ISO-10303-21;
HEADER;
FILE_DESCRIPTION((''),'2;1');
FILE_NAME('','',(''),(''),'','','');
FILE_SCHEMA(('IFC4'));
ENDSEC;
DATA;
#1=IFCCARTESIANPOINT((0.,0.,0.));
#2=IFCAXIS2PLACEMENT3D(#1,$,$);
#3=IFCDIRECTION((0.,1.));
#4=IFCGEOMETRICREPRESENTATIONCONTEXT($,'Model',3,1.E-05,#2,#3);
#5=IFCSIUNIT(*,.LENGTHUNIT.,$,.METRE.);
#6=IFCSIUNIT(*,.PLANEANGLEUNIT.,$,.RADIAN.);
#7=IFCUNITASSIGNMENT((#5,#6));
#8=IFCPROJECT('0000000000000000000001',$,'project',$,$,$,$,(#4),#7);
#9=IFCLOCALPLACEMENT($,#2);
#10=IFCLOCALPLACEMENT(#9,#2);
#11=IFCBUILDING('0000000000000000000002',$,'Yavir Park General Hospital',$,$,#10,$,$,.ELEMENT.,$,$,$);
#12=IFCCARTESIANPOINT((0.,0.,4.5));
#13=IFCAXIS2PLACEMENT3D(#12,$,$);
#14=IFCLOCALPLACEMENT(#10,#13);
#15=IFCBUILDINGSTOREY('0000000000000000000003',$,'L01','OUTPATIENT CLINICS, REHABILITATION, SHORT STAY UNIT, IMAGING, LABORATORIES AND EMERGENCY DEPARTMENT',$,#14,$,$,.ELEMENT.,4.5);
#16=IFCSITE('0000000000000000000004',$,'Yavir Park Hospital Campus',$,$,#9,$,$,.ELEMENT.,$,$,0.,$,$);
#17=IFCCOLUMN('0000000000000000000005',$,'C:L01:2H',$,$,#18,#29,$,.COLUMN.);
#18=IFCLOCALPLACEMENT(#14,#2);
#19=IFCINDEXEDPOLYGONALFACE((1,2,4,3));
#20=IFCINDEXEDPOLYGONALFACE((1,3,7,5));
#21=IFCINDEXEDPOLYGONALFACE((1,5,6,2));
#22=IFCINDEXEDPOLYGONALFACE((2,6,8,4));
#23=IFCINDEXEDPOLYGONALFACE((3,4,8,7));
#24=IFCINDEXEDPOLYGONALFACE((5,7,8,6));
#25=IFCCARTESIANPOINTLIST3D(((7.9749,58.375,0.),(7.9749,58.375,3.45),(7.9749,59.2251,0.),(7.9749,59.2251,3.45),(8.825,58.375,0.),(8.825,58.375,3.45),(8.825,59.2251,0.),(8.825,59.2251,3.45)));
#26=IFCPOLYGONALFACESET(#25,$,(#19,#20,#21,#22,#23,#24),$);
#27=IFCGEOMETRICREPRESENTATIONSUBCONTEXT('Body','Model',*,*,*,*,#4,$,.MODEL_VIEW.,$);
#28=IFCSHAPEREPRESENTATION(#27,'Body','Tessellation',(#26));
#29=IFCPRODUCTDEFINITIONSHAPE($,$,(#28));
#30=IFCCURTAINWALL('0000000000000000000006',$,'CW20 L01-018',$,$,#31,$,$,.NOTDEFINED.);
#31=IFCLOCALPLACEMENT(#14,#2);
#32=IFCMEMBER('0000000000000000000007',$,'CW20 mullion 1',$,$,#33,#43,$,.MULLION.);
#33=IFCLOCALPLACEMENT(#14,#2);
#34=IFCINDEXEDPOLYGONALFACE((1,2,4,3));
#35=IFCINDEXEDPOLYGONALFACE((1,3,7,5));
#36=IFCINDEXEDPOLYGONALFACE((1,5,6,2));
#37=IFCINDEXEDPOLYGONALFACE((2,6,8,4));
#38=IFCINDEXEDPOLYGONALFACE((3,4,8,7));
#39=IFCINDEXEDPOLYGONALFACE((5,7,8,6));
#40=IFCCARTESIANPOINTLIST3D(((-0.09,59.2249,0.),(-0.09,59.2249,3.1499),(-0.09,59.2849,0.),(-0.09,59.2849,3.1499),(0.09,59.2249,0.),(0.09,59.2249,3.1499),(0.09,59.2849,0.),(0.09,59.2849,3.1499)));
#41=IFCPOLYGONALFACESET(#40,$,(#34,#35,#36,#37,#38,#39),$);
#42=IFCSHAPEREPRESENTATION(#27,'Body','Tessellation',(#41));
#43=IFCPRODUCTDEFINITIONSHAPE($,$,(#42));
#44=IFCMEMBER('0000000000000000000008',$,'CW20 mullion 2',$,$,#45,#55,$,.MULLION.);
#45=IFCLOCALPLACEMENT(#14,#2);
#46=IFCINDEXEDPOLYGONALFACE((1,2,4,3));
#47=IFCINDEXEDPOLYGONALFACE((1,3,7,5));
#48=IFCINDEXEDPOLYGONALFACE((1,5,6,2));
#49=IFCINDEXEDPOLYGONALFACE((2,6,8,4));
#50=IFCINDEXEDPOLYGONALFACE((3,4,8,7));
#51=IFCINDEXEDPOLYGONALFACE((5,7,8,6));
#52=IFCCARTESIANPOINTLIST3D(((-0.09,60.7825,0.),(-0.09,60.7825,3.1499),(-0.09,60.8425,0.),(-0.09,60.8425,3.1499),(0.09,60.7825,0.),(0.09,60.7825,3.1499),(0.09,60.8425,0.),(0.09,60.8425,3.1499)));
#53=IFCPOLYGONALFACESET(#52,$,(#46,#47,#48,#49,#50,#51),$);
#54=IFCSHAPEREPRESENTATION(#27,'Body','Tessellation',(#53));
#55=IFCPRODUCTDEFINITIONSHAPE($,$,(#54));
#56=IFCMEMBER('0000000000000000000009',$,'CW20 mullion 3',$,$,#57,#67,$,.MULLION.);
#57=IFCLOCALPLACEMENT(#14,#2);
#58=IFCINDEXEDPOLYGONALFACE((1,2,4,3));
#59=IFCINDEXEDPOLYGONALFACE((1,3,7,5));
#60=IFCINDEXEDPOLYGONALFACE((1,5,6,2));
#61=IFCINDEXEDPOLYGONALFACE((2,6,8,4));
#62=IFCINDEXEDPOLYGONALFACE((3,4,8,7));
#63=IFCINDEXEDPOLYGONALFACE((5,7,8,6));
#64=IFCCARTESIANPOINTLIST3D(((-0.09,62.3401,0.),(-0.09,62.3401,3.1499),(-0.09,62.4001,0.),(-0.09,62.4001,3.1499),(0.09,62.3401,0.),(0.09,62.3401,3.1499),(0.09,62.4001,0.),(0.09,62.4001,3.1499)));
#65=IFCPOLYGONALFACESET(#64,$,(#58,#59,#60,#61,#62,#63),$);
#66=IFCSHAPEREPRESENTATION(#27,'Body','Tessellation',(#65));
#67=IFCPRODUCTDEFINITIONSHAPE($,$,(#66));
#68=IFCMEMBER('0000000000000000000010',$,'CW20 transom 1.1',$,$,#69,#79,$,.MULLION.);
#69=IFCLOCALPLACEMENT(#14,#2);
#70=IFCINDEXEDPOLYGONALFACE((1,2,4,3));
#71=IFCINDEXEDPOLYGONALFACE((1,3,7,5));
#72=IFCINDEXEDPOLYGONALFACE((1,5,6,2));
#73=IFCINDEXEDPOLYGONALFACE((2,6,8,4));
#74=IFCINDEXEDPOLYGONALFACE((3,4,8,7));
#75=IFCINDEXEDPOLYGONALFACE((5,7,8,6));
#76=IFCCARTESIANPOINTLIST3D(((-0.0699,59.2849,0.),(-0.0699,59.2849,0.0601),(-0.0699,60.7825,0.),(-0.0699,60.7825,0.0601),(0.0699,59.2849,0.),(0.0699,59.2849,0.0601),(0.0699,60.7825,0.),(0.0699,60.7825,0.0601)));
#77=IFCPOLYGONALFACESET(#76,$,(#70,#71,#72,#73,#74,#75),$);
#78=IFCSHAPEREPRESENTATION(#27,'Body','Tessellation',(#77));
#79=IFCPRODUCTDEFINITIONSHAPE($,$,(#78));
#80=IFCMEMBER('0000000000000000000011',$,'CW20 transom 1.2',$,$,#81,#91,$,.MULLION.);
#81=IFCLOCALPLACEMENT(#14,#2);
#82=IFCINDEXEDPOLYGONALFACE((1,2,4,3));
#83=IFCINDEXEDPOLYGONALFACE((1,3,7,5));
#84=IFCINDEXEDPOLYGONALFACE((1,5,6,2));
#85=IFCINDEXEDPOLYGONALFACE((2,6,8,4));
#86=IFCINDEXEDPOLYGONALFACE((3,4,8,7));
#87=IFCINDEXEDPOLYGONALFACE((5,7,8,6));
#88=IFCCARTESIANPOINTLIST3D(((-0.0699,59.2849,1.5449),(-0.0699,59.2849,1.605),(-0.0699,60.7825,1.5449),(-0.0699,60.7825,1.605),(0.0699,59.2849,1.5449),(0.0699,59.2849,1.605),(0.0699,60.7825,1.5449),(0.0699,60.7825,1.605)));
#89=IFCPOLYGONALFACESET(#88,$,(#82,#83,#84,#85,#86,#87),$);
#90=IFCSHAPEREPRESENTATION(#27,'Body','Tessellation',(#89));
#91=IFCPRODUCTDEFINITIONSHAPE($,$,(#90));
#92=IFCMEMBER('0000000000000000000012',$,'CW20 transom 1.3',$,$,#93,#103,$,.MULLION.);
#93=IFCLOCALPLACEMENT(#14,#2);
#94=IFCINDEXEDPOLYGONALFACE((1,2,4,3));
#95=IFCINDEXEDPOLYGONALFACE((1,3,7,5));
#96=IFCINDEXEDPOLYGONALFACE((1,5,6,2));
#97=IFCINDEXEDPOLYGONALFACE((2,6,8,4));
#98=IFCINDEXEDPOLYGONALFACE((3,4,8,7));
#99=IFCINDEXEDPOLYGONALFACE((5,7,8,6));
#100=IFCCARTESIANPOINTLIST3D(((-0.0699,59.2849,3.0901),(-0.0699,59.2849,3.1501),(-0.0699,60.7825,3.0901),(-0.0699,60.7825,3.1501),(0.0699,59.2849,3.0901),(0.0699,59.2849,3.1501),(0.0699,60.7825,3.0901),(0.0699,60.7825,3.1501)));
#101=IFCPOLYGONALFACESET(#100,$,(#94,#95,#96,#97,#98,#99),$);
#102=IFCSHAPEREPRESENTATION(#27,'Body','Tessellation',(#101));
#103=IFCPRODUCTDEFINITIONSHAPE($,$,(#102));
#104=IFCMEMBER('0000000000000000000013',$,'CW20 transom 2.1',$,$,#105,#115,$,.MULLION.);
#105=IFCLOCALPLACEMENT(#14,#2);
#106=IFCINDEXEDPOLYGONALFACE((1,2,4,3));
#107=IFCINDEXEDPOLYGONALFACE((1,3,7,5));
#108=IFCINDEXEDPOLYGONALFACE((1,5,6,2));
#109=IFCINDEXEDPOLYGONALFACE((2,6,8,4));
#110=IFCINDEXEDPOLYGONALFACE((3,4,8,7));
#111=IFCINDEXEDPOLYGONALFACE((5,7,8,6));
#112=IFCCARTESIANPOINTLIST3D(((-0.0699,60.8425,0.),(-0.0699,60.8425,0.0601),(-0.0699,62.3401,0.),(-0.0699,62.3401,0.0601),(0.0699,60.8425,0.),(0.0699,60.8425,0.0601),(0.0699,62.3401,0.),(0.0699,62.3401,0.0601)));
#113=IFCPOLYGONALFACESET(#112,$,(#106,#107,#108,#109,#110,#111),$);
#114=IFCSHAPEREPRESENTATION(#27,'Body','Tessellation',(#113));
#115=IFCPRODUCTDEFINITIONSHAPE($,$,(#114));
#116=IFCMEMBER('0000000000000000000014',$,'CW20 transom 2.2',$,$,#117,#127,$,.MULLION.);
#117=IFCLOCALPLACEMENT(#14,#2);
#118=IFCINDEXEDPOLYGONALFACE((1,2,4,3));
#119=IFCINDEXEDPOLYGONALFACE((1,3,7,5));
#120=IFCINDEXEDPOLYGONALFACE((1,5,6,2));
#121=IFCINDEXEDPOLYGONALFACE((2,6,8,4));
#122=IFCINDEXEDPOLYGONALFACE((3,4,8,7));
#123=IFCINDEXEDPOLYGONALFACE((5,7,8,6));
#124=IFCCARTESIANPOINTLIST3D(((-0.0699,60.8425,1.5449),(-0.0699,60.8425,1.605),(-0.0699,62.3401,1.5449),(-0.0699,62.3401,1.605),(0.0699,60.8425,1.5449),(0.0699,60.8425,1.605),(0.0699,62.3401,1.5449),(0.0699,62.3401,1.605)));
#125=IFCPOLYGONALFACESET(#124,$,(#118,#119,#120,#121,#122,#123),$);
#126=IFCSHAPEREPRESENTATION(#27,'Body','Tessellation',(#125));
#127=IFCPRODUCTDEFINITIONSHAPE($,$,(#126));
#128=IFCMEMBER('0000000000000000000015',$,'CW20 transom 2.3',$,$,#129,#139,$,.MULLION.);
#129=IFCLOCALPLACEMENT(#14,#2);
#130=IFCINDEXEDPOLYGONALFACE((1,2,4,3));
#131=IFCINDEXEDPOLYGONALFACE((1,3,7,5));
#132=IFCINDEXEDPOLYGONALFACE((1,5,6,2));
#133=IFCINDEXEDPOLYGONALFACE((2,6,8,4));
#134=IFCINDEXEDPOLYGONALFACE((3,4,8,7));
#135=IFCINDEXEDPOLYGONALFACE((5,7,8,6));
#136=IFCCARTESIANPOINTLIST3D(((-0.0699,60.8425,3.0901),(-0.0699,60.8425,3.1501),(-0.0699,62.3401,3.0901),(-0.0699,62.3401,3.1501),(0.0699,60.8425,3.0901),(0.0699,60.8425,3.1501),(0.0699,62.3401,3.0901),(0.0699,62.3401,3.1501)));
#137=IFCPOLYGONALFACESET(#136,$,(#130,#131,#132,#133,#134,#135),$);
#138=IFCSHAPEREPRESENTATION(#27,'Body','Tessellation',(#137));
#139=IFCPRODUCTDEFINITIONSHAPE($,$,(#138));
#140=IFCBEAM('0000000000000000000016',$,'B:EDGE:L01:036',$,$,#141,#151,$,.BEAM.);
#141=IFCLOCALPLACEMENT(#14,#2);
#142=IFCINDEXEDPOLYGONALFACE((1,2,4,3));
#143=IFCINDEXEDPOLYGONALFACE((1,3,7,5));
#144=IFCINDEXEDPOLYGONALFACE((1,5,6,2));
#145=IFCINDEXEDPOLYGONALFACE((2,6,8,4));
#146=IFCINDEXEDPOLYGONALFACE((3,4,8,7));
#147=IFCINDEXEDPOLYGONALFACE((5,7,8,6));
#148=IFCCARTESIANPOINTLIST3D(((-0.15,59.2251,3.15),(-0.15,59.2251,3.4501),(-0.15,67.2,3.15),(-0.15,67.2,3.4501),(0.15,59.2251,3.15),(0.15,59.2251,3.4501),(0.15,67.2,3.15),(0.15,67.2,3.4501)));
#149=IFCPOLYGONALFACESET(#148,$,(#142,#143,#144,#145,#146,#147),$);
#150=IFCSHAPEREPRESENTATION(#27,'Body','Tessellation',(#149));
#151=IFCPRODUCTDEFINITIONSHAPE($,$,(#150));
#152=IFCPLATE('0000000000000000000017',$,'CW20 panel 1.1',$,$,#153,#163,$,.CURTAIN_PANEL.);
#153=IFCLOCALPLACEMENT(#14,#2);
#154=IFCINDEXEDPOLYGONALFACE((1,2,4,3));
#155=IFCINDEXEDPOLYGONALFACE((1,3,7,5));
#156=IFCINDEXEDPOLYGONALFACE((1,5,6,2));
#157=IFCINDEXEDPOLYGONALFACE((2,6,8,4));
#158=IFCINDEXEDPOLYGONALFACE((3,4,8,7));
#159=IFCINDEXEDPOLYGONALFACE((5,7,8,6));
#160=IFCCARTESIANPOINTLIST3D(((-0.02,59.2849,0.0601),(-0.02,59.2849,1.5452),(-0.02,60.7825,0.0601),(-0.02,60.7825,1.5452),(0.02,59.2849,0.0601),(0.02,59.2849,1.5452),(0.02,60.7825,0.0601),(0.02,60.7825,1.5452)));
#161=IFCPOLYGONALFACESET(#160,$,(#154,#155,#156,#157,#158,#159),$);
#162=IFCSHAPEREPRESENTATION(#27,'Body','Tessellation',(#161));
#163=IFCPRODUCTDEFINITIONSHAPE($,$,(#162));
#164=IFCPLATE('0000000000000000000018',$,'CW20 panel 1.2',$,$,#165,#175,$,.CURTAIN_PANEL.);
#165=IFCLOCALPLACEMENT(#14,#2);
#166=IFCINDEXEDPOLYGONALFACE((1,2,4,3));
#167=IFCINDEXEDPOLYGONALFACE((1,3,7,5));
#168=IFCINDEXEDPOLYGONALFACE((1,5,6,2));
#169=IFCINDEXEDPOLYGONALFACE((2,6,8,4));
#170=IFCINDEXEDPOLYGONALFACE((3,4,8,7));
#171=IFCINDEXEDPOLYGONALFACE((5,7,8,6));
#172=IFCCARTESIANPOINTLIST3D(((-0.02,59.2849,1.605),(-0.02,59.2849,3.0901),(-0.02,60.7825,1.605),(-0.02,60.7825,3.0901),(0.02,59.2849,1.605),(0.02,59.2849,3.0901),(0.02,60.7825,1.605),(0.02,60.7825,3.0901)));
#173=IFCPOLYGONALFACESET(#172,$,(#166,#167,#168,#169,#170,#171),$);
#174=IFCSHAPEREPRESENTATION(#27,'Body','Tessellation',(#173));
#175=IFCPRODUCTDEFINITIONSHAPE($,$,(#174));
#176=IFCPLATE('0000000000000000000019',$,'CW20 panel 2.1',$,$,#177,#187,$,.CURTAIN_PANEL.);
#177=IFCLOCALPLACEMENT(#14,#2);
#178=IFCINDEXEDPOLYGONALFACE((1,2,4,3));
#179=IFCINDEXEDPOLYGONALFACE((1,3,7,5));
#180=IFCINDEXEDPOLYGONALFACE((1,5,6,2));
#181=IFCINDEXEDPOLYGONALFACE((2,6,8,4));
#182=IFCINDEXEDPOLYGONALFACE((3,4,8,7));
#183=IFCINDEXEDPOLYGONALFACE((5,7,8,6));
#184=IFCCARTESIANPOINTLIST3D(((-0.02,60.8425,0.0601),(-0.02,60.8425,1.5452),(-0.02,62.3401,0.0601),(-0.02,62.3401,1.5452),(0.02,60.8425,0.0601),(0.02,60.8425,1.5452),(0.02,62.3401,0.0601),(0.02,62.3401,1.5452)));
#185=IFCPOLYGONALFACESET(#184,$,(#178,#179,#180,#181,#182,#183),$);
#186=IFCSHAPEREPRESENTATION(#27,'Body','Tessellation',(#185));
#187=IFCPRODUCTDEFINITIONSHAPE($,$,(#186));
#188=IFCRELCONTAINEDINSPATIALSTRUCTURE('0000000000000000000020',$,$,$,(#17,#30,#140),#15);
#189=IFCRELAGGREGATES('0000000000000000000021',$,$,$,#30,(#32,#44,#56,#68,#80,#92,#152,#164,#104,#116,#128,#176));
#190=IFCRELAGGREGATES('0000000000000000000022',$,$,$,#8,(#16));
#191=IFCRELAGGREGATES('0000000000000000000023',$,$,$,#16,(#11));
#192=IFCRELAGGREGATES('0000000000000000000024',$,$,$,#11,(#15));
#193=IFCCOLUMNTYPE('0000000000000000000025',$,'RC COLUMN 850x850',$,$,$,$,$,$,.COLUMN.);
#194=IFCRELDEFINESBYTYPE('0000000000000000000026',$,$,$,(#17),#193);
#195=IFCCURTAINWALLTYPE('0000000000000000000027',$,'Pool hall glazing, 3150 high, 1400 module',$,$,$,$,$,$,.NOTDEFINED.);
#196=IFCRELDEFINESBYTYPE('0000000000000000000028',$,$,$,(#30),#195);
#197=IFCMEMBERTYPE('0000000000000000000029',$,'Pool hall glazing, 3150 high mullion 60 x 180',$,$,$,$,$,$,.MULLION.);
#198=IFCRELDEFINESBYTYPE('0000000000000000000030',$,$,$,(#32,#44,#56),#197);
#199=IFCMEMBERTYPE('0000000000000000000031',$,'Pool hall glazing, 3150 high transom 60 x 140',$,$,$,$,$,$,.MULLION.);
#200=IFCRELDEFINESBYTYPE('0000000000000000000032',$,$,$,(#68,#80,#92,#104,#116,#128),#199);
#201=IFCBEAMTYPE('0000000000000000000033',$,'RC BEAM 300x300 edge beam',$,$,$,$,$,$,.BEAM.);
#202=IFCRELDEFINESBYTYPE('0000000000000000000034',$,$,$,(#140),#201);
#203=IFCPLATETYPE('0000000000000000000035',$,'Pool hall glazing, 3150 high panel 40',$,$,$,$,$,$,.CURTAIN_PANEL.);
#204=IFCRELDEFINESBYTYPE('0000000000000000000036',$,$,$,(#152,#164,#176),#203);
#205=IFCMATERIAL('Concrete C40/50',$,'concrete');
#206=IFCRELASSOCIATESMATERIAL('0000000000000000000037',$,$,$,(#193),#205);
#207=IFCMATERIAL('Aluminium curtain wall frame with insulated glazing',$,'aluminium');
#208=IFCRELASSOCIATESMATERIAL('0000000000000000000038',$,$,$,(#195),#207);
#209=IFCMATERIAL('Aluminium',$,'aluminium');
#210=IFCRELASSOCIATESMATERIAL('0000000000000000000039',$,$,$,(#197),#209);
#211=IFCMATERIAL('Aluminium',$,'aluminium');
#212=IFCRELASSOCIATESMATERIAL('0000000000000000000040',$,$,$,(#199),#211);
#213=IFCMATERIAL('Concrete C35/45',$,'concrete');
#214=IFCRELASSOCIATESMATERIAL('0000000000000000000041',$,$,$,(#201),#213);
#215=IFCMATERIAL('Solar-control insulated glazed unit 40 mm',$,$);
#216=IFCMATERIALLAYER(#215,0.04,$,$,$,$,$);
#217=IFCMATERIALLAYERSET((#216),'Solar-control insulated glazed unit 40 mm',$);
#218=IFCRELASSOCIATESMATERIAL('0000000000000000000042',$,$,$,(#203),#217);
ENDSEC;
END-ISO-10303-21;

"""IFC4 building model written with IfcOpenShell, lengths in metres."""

from ifc_helpers import new_model, si_unit, direction, frame, origin, origin_2d, place, context, subcontext, project, spatial, rectangle, extrude, material, layer, layer_set, material_profile, profile_set, type_object, element, aggregate, save


model = new_model("IFC4")

# Units and contexts
model_context = context("Model", 3, precision=1e-05, world=origin(), true_north=direction((0.0, 1.0)))
body_context = subcontext(model_context, "Body", "Model", "MODEL_VIEW")
ifc_project = project(units=[si_unit("LENGTHUNIT", "METRE"), si_unit("PLANEANGLEUNIT", "RADIAN")], contexts=[model_context])

# Site, building, storey
site_placement = place(None, origin())
site = spatial("IfcSite", under=ifc_project, at=site_placement, Name="Yavir Park Hospital Campus", CompositionType="ELEMENT", RefElevation=0.0)
building_placement = place(site_placement, origin())
building = spatial("IfcBuilding", under=site, at=building_placement, Name="Yavir Park General Hospital", CompositionType="ELEMENT")
storey_placement = place(building_placement, frame((0.0, 0.0, 4.5)))
storey = spatial("IfcBuildingStorey", under=building, at=storey_placement, Name="L01", Description="OUTPATIENT CLINICS, REHABILITATION, SHORT STAY UNIT, IMAGING, LABORATORIES AND EMERGENCY DEPARTMENT", CompositionType="ELEMENT", Elevation=4.5)

# Column
ifc_material_1 = material(Name="Concrete C40/50", Category="concrete")
ifc_material_profile_1 = material_profile(ifc_material_1, rectangle(XDim=0.8501, YDim=0.8501, at=origin_2d()), Name="RC850x850")
ifc_profile_set_1 = profile_set([ifc_material_profile_1], Name="Concrete C40/50")
column_type = type_object("IfcColumnType", Name="RC COLUMN 850x850", PredefinedType="COLUMN", material=ifc_profile_set_1)
column_placement = place(storey_placement, frame((8.3999, 58.8, 0.0), z_axis=(0.0, 0.0, 1.0), x_axis=(1.0, 0.0, 0.0)))
element("IfcColumn", 1, at=column_placement, inside=storey, type_object=column_type, Name="C:L01:2H", PredefinedType="COLUMN", context=body_context, shape_type="SweptSolid", body=[
    extrude(rectangle(XDim=0.8501, YDim=0.8501, at=origin_2d()), origin(), (0.0, 0.0, 1.0), 3.45),
])

# Curtain wall, members
ifc_material_2 = material(Name="Aluminium curtain wall frame with insulated glazing", Category="aluminium")
curtain_wall_type = type_object("IfcCurtainWallType", Name="Pool hall glazing, 3150 high, 1400 module", PredefinedType="NOTDEFINED", material=ifc_material_2)
curtain_wall_placement = place(storey_placement, origin())
curtain_wall = element("IfcCurtainWall", 2, at=curtain_wall_placement, inside=storey, type_object=curtain_wall_type, Name="CW20 L01-018", PredefinedType="NOTDEFINED")
ifc_material_3 = material(Name="Aluminium", Category="aluminium")
ifc_material_profile_2 = material_profile(ifc_material_3, rectangle(XDim=0.1799, YDim=0.0601, at=origin_2d()), Name="AL 60x180")
ifc_profile_set_2 = profile_set([ifc_material_profile_2], Name="Aluminium")
member_type_1 = type_object("IfcMemberType", Name="Pool hall glazing, 3150 high mullion 60 x 180", PredefinedType="MULLION", material=ifc_profile_set_2)
member_1_placement = place(storey_placement, frame((0.0, 59.2549, 0.0), z_axis=(0.0, 0.0, 1.0), x_axis=(-1.0, 0.0, 0.0)))
member_1 = element("IfcMember", 3, at=member_1_placement, type_object=member_type_1, Name="CW20 mullion 1", PredefinedType="MULLION", context=body_context, shape_type="SweptSolid", body=[
    extrude(rectangle(XDim=0.1799, YDim=0.0601, at=origin_2d()), origin(), (0.0, 0.0, 1.0), 3.1499),
])
member_2_placement = place(storey_placement, frame((0.0, 60.8125, 0.0), z_axis=(0.0, 0.0, 1.0), x_axis=(-1.0, 0.0, 0.0)))
member_2 = element("IfcMember", 4, at=member_2_placement, type_object=member_type_1, Name="CW20 mullion 2", PredefinedType="MULLION", context=body_context, shape_type="SweptSolid", body=[
    extrude(rectangle(XDim=0.1799, YDim=0.0601, at=origin_2d()), origin(), (0.0, 0.0, 1.0), 3.1499),
])
member_3_placement = place(storey_placement, frame((0.0, 62.3701, 0.0), z_axis=(0.0, 0.0, 1.0), x_axis=(-1.0, 0.0, 0.0)))
member_3 = element("IfcMember", 5, at=member_3_placement, type_object=member_type_1, Name="CW20 mullion 3", PredefinedType="MULLION", context=body_context, shape_type="SweptSolid", body=[
    extrude(rectangle(XDim=0.1799, YDim=0.0601, at=origin_2d()), origin(), (0.0, 0.0, 1.0), 3.1499),
])
ifc_material_4 = material(Name="Aluminium", Category="aluminium")
ifc_material_profile_3 = material_profile(ifc_material_4, rectangle(XDim=0.1399, YDim=0.0601, at=origin_2d()), Name="AL 140x60")
ifc_profile_set_3 = profile_set([ifc_material_profile_3], Name="Aluminium")
member_type_2 = type_object("IfcMemberType", Name="Pool hall glazing, 3150 high transom 60 x 140", PredefinedType="MULLION", material=ifc_profile_set_3)
member_4_placement = place(storey_placement, frame((0.0, 59.2849, 0.03), z_axis=(0.0, 1.0, 0.0), x_axis=(-1.0, 0.0, 0.0)))
member_4 = element("IfcMember", 6, at=member_4_placement, type_object=member_type_2, Name="CW20 transom 1.1", PredefinedType="MULLION", context=body_context, shape_type="SweptSolid", body=[
    extrude(rectangle(XDim=0.1399, YDim=0.0601, at=origin_2d()), origin(), (0.0, 0.0, 1.0), 1.4976),
])
member_5_placement = place(storey_placement, frame((0.0, 59.2849, 1.575), z_axis=(0.0, 1.0, 0.0), x_axis=(-1.0, 0.0, 0.0)))
member_5 = element("IfcMember", 7, at=member_5_placement, type_object=member_type_2, Name="CW20 transom 1.2", PredefinedType="MULLION", context=body_context, shape_type="SweptSolid", body=[
    extrude(rectangle(XDim=0.1399, YDim=0.0601, at=origin_2d()), origin(), (0.0, 0.0, 1.0), 1.4976),
])
member_6_placement = place(storey_placement, frame((0.0, 59.2849, 3.1201), z_axis=(0.0, 1.0, 0.0), x_axis=(-1.0, 0.0, 0.0)))
member_6 = element("IfcMember", 8, at=member_6_placement, type_object=member_type_2, Name="CW20 transom 1.3", PredefinedType="MULLION", context=body_context, shape_type="SweptSolid", body=[
    extrude(rectangle(XDim=0.1399, YDim=0.0601, at=origin_2d()), origin(), (0.0, 0.0, 1.0), 1.4976),
])
member_7_placement = place(storey_placement, frame((0.0, 60.8425, 0.03), z_axis=(0.0, 1.0, 0.0), x_axis=(-1.0, 0.0, 0.0)))
member_7 = element("IfcMember", 9, at=member_7_placement, type_object=member_type_2, Name="CW20 transom 2.1", PredefinedType="MULLION", context=body_context, shape_type="SweptSolid", body=[
    extrude(rectangle(XDim=0.1399, YDim=0.0601, at=origin_2d()), origin(), (0.0, 0.0, 1.0), 1.4976),
])
member_8_placement = place(storey_placement, frame((0.0, 60.8425, 1.575), z_axis=(0.0, 1.0, 0.0), x_axis=(-1.0, 0.0, 0.0)))
member_8 = element("IfcMember", 10, at=member_8_placement, type_object=member_type_2, Name="CW20 transom 2.2", PredefinedType="MULLION", context=body_context, shape_type="SweptSolid", body=[
    extrude(rectangle(XDim=0.1399, YDim=0.0601, at=origin_2d()), origin(), (0.0, 0.0, 1.0), 1.4976),
])
member_9_placement = place(storey_placement, frame((0.0, 60.8425, 3.1201), z_axis=(0.0, 1.0, 0.0), x_axis=(-1.0, 0.0, 0.0)))
member_9 = element("IfcMember", 11, at=member_9_placement, type_object=member_type_2, Name="CW20 transom 2.3", PredefinedType="MULLION", context=body_context, shape_type="SweptSolid", body=[
    extrude(rectangle(XDim=0.1399, YDim=0.0601, at=origin_2d()), origin(), (0.0, 0.0, 1.0), 1.4976),
])

# Beam
ifc_material_5 = material(Name="Concrete C35/45", Category="concrete")
ifc_material_profile_4 = material_profile(ifc_material_5, rectangle(XDim=0.3, YDim=0.3, at=origin_2d()), Name="RC300x300")
ifc_profile_set_4 = profile_set([ifc_material_profile_4], Name="Concrete C35/45")
beam_type = type_object("IfcBeamType", Name="RC BEAM 300x300 edge beam", PredefinedType="BEAM", material=ifc_profile_set_4)
beam_placement = place(storey_placement, frame((0.0, 59.2251, 3.3), z_axis=(0.0, 1.0, 0.0), x_axis=(-1.0, 0.0, 0.0)))
element("IfcBeam", 12, at=beam_placement, inside=storey, type_object=beam_type, Name="B:EDGE:L01:036", PredefinedType="BEAM", context=body_context, shape_type="SweptSolid", body=[
    extrude(rectangle(XDim=0.3, YDim=0.3, at=origin_2d()), origin(), (0.0, 0.0, 1.0), 7.9749),
])

# Plates
ifc_material_6 = material(Name="Solar-control insulated glazed unit 40 mm")
ifc_layer_1 = layer(ifc_material_6, 0.04)
ifc_layer_set_1 = layer_set([ifc_layer_1], Name="Solar-control insulated glazed unit 40 mm")
plate_type = type_object("IfcPlateType", Name="Pool hall glazing, 3150 high panel 40", PredefinedType="CURTAIN_PANEL", material=ifc_layer_set_1)
plate_1_placement = place(storey_placement, frame((0.0, 60.0337, 0.0601), z_axis=(0.0, 0.0, 1.0), x_axis=(0.0, 1.0, 0.0)))
plate_1 = element("IfcPlate", 13, at=plate_1_placement, type_object=plate_type, Name="CW20 panel 1.1", PredefinedType="CURTAIN_PANEL", context=body_context, shape_type="SweptSolid", body=[
    extrude(rectangle(XDim=1.4976, YDim=0.04, at=origin_2d()), origin(), (0.0, 0.0, 1.0), 1.4851),
])
plate_2_placement = place(storey_placement, frame((0.0, 60.0337, 1.605), z_axis=(0.0, 0.0, 1.0), x_axis=(0.0, 1.0, 0.0)))
plate_2 = element("IfcPlate", 14, at=plate_2_placement, type_object=plate_type, Name="CW20 panel 1.2", PredefinedType="CURTAIN_PANEL", context=body_context, shape_type="SweptSolid", body=[
    extrude(rectangle(XDim=1.4976, YDim=0.04, at=origin_2d()), origin(), (0.0, 0.0, 1.0), 1.4851),
])
plate_3_placement = place(storey_placement, frame((0.0, 61.5913, 0.0601), z_axis=(0.0, 0.0, 1.0), x_axis=(0.0, 1.0, 0.0)))
plate_3 = element("IfcPlate", 15, at=plate_3_placement, type_object=plate_type, Name="CW20 panel 2.1", PredefinedType="CURTAIN_PANEL", context=body_context, shape_type="SweptSolid", body=[
    extrude(rectangle(XDim=1.4976, YDim=0.04, at=origin_2d()), origin(), (0.0, 0.0, 1.0), 1.4851),
])
aggregate(curtain_wall, [member_1, member_2, member_3, member_4, member_5, member_6, plate_1, plate_2, member_7, member_8, member_9, plate_3])

save(model, "model.ifc")
